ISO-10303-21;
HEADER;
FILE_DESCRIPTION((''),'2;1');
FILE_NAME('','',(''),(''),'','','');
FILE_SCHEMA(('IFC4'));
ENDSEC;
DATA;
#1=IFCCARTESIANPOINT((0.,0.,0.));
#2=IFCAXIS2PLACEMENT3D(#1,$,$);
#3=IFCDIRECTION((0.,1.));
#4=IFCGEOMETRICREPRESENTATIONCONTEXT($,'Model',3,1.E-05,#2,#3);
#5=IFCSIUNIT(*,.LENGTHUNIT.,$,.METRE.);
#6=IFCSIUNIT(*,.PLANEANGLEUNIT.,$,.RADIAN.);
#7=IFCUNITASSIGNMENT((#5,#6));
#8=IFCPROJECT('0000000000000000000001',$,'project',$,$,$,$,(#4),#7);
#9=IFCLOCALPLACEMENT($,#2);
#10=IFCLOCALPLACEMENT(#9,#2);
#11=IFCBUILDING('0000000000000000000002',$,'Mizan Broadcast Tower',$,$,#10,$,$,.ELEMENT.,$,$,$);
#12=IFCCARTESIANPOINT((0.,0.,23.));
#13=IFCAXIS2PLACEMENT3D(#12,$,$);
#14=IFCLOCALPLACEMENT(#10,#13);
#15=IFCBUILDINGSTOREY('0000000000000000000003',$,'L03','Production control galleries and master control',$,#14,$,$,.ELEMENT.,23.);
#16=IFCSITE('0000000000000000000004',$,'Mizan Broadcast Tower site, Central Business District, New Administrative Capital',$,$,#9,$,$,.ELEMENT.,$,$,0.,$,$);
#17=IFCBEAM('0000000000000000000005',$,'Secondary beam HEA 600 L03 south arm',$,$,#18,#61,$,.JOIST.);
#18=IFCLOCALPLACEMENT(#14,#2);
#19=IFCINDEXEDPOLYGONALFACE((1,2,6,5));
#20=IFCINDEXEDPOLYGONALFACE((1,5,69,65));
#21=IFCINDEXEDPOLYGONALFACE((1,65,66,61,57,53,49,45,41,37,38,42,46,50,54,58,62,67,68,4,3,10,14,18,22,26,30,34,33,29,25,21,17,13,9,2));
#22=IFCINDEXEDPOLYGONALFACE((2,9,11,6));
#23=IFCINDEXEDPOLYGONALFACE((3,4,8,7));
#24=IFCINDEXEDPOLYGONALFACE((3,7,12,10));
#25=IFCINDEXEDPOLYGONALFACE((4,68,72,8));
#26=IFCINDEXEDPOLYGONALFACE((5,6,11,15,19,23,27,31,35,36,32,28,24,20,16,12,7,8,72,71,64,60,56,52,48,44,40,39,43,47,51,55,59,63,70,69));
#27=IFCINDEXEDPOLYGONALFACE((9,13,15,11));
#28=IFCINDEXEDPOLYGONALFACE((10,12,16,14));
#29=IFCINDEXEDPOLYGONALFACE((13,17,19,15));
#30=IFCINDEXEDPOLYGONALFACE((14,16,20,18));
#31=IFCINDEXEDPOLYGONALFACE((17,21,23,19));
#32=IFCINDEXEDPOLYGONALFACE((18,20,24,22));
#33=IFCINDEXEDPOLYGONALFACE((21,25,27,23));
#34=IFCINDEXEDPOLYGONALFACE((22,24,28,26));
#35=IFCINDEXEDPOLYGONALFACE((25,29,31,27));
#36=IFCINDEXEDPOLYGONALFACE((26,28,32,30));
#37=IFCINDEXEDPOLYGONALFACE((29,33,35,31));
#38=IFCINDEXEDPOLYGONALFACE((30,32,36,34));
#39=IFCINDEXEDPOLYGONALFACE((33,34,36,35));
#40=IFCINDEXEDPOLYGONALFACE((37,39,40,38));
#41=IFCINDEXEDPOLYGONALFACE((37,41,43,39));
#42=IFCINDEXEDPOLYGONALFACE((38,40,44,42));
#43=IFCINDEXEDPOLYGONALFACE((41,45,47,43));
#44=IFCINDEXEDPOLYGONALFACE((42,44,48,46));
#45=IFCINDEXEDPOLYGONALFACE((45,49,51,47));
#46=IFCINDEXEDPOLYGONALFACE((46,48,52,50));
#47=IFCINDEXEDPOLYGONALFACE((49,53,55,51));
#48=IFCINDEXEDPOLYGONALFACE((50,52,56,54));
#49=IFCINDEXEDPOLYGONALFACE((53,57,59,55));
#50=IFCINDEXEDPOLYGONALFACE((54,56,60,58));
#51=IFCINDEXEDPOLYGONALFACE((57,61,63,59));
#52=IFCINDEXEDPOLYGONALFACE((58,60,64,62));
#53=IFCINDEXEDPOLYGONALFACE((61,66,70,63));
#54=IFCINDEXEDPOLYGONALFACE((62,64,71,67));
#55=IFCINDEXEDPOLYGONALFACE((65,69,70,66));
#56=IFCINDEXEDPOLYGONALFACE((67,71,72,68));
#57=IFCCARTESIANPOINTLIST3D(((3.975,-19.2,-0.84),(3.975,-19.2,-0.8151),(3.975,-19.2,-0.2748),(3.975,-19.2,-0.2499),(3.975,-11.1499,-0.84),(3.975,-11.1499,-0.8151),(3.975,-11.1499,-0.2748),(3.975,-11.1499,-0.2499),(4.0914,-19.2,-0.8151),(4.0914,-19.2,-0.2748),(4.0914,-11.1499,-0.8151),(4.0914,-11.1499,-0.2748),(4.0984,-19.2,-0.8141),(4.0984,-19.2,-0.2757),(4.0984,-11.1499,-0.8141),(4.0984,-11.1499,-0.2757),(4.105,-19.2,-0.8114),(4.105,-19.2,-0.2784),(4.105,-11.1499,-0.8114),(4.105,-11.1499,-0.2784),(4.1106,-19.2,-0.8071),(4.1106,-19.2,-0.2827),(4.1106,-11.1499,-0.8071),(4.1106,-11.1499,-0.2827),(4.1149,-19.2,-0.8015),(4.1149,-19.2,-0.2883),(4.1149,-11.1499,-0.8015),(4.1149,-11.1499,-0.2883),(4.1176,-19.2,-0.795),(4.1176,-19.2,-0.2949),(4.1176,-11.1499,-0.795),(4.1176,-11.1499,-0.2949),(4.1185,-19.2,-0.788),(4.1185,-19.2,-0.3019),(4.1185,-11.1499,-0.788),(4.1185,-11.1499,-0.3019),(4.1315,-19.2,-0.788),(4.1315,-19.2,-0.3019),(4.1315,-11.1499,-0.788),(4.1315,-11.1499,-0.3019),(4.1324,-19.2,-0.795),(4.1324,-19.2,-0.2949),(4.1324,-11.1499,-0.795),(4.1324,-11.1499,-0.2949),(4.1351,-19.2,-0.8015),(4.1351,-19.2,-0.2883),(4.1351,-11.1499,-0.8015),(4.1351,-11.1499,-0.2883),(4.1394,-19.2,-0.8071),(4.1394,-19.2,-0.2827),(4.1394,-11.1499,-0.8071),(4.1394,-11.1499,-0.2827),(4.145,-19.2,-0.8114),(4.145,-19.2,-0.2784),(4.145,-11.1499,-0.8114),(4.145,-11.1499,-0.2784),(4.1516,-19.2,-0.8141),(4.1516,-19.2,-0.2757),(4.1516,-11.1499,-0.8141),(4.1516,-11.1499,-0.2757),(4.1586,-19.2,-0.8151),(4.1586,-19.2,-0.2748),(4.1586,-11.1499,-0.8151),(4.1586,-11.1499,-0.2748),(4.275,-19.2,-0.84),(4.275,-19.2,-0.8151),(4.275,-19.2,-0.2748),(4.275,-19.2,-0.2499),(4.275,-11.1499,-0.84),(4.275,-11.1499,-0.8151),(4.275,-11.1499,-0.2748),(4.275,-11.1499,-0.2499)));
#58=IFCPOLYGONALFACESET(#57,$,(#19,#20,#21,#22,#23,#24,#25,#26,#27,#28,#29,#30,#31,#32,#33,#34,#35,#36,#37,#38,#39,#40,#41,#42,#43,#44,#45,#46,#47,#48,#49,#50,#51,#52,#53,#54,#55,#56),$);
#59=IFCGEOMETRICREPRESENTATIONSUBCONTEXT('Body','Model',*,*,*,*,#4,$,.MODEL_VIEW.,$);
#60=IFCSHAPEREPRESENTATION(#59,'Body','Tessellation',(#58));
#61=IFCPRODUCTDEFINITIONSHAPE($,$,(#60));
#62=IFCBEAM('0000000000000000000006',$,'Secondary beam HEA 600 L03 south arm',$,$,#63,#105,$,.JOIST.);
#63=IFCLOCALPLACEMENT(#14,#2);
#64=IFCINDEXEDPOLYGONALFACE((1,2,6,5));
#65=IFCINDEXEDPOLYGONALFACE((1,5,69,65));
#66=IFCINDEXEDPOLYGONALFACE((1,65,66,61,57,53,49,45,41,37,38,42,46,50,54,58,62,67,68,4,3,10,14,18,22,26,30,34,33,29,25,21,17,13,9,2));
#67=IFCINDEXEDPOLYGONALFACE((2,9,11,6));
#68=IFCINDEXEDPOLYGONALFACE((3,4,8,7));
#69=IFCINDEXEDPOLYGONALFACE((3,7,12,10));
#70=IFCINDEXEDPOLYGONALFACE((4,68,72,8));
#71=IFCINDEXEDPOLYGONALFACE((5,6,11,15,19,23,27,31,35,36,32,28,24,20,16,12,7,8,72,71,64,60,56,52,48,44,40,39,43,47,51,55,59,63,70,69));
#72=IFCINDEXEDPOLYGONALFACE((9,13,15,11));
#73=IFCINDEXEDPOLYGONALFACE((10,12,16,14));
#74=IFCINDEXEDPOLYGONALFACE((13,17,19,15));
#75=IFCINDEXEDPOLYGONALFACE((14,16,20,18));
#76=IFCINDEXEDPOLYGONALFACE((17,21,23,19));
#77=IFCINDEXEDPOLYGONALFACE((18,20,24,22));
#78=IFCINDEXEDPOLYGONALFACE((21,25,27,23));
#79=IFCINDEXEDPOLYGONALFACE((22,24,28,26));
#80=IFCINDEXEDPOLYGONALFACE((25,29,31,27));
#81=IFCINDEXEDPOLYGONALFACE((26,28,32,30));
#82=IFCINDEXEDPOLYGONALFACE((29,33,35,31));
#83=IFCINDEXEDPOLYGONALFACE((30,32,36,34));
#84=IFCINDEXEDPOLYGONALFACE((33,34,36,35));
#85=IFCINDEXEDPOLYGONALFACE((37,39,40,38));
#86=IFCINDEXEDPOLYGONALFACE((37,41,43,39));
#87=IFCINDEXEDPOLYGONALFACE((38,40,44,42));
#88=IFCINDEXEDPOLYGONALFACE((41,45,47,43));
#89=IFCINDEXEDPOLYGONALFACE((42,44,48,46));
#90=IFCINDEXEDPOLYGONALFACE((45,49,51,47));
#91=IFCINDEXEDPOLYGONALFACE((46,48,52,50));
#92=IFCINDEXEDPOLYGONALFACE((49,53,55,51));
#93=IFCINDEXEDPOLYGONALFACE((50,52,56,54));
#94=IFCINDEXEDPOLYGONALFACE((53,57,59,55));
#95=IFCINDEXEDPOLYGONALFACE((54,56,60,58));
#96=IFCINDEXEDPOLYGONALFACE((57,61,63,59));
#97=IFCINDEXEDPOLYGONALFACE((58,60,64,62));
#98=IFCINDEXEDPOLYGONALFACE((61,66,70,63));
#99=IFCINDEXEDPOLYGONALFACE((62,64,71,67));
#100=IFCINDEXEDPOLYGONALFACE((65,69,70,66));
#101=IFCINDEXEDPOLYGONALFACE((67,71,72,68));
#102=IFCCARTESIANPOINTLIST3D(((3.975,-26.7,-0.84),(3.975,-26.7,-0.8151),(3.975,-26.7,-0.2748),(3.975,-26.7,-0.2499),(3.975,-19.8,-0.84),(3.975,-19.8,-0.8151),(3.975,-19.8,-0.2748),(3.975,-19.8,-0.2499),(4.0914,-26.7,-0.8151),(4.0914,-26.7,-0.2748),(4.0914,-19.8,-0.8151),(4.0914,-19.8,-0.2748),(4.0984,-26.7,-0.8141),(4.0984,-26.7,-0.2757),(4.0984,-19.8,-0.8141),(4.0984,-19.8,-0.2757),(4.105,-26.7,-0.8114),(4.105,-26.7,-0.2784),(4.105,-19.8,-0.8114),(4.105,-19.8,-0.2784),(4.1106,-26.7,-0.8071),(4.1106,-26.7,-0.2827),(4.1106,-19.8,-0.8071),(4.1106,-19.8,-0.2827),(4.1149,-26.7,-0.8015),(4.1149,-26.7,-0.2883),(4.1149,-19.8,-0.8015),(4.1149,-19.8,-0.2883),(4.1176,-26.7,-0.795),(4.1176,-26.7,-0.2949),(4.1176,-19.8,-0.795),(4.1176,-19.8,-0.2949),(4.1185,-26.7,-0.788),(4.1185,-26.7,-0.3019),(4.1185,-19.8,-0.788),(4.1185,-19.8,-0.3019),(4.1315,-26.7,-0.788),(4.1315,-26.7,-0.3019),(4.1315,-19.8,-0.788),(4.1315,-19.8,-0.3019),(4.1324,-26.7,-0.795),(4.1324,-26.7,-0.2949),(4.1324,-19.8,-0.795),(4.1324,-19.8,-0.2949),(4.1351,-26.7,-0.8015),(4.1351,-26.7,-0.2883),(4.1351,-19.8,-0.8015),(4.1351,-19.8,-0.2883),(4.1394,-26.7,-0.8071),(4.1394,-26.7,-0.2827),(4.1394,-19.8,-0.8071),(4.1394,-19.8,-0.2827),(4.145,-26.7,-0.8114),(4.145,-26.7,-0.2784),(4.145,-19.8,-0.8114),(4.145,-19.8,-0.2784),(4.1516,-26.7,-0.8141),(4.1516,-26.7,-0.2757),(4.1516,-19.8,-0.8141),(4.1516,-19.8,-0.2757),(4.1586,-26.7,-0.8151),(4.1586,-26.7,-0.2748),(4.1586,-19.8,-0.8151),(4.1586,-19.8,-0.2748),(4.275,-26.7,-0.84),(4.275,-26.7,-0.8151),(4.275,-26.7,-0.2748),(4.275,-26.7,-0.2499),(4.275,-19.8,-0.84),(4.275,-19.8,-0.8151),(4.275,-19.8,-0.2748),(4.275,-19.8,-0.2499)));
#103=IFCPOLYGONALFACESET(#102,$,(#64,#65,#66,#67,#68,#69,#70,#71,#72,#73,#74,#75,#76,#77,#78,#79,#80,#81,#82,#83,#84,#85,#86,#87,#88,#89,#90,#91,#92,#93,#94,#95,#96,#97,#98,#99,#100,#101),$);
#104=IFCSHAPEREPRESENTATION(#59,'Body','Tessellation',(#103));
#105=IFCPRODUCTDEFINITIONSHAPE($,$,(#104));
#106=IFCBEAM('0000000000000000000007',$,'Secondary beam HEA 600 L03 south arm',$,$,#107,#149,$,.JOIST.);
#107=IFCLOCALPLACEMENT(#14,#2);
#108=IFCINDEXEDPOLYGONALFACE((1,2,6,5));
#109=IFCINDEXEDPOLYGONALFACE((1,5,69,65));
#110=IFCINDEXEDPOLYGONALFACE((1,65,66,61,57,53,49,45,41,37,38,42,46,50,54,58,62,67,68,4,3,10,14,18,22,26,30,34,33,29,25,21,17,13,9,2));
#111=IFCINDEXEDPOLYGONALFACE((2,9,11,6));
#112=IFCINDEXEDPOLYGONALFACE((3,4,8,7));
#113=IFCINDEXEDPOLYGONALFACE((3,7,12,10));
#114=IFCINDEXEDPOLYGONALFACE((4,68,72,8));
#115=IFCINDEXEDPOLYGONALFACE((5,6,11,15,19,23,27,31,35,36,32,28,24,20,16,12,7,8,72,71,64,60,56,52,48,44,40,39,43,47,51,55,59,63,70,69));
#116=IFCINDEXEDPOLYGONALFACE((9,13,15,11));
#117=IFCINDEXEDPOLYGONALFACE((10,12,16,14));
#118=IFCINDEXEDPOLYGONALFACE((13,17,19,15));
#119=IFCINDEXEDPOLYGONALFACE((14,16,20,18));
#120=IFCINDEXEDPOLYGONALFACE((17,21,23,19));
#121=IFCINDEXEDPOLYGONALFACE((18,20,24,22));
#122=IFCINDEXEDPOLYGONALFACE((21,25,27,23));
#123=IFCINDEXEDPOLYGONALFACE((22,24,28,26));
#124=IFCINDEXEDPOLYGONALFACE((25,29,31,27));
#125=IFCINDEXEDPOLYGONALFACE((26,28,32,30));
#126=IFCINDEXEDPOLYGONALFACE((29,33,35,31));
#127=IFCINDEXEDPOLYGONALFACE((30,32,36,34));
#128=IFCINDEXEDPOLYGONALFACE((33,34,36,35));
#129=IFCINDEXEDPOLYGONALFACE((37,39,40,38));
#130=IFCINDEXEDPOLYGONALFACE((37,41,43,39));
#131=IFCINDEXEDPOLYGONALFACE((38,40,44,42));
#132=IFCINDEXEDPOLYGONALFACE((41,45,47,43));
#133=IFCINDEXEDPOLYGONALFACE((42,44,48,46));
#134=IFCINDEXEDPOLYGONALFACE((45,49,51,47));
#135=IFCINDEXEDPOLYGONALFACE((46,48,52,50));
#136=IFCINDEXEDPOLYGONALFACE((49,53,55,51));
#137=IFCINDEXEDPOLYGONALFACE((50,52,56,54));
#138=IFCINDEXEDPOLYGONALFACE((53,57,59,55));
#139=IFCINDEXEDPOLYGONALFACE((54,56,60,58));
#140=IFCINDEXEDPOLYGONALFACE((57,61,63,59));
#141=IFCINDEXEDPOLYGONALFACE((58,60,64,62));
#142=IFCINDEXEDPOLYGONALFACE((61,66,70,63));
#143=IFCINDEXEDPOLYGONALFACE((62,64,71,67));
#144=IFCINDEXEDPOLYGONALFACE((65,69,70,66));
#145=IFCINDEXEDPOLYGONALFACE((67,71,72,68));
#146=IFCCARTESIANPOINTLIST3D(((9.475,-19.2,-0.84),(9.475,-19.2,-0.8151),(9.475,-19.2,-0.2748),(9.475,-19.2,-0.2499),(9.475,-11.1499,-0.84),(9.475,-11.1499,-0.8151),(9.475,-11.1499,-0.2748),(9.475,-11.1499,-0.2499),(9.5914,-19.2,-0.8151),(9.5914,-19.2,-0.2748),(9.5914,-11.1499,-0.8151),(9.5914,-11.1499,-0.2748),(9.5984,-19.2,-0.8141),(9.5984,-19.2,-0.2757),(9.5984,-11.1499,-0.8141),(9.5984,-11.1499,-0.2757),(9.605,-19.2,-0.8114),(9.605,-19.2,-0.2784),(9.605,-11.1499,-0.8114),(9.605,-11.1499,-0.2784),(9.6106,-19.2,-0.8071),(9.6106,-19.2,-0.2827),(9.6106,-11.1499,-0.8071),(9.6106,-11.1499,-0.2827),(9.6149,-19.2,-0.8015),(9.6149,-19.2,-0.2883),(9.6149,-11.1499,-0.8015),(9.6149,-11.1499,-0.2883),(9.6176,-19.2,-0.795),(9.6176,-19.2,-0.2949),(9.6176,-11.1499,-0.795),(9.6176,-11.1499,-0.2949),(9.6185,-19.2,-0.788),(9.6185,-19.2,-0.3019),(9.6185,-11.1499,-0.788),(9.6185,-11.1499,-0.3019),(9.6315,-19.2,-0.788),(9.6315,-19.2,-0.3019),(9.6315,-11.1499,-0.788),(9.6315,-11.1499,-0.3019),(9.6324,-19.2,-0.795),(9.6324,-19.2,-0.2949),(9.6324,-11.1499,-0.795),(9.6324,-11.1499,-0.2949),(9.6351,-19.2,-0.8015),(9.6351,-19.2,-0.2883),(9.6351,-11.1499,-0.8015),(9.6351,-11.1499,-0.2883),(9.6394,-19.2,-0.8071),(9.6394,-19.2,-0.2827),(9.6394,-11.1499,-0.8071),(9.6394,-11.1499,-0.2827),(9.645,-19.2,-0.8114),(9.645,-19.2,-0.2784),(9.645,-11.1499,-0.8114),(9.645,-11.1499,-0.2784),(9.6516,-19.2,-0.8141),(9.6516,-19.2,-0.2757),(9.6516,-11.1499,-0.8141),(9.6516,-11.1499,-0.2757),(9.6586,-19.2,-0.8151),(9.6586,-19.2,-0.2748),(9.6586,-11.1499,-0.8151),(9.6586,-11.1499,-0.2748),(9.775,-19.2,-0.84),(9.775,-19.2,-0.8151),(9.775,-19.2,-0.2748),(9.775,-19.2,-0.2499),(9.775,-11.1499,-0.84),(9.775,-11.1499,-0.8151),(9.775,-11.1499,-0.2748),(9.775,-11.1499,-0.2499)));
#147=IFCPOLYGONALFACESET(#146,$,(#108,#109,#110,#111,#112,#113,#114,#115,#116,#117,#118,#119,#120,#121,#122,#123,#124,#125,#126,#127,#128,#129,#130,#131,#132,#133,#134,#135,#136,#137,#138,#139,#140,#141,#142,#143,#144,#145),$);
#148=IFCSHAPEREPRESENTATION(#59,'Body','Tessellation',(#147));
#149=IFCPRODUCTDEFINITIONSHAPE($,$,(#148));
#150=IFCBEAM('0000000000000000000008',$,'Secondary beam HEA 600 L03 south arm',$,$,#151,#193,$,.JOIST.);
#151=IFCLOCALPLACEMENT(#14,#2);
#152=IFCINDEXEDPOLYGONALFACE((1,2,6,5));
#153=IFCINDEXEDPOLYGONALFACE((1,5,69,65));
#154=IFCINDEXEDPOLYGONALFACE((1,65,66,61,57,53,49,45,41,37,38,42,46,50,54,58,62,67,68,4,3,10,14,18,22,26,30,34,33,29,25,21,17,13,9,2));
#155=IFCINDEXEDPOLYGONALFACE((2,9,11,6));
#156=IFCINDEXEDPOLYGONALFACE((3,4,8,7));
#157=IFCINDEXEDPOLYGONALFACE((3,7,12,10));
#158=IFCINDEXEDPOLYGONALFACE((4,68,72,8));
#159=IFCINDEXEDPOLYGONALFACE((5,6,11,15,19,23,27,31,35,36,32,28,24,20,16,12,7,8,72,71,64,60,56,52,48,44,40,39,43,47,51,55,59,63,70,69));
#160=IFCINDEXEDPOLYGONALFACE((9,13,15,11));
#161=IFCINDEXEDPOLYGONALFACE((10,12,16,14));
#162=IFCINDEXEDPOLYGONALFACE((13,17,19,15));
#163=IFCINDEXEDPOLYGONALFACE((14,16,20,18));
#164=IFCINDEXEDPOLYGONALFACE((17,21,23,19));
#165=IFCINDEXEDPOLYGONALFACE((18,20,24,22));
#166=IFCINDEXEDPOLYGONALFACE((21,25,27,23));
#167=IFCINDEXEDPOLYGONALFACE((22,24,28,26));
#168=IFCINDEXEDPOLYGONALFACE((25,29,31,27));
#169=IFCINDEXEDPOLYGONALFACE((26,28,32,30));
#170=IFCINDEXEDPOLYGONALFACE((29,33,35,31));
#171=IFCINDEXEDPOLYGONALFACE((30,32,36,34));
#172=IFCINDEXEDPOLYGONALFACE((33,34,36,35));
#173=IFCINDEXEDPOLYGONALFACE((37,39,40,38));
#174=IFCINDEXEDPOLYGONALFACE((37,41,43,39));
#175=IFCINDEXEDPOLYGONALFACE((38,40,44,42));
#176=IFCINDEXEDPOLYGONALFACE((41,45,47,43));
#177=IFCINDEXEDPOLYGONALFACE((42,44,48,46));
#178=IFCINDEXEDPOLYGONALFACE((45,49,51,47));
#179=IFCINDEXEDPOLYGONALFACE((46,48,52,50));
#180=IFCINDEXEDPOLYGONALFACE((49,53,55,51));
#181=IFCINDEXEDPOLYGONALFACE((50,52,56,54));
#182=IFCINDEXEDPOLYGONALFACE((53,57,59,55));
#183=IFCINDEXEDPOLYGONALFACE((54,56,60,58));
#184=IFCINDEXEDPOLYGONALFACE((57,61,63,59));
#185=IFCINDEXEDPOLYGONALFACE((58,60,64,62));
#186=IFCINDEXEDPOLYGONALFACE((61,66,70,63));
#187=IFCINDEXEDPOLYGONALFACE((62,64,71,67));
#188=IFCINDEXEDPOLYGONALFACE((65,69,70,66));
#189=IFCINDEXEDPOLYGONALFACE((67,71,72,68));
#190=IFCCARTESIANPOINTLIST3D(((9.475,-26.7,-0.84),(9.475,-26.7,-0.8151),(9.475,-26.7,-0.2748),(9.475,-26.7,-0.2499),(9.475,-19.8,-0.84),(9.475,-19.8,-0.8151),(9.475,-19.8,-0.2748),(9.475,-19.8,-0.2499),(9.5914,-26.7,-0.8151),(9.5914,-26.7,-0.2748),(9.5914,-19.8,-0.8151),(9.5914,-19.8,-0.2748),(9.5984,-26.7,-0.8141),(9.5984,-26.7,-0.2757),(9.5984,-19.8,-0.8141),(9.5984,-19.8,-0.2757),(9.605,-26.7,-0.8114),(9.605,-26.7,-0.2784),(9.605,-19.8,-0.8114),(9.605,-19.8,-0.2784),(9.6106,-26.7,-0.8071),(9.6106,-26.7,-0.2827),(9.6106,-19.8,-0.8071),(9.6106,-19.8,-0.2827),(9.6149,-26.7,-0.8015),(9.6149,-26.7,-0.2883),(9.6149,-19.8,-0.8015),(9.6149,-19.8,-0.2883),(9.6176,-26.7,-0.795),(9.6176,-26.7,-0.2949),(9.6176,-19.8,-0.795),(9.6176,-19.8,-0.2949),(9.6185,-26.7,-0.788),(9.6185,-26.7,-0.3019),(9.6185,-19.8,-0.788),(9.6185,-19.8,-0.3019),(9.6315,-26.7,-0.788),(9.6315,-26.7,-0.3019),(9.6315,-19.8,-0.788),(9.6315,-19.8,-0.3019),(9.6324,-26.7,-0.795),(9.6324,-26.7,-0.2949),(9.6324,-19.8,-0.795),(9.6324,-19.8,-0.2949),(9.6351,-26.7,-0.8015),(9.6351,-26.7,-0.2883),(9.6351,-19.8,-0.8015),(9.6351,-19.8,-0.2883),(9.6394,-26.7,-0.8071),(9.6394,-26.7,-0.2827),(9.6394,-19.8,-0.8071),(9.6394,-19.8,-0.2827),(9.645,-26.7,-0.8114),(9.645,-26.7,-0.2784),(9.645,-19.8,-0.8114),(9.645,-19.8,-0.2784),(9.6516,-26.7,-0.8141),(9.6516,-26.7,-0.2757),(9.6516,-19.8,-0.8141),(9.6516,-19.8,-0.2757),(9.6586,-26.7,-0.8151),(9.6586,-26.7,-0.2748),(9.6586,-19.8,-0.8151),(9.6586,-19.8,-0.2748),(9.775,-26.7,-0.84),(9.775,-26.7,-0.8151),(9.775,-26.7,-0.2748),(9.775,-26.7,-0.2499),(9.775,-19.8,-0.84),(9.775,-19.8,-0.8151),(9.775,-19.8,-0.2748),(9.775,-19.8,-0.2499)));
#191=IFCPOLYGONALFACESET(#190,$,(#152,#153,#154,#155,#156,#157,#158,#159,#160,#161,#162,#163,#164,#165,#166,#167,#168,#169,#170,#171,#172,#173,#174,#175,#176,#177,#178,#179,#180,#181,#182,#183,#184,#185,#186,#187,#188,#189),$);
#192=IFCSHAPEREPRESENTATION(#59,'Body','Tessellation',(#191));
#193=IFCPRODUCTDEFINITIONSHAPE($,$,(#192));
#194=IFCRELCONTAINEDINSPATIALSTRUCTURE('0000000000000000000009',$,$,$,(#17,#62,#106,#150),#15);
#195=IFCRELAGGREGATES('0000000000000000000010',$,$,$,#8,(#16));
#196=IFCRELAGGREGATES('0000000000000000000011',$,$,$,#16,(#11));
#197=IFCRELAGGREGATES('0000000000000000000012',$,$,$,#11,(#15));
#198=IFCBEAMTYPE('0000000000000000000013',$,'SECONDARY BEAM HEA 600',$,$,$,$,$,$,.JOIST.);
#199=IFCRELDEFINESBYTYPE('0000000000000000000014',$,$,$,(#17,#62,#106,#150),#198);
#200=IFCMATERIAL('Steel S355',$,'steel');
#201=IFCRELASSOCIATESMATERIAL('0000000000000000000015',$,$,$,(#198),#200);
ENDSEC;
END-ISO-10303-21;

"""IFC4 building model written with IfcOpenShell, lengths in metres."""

from ifc_helpers import new_model, si_unit, direction, frame, origin, origin_2d, place, context, subcontext, project, spatial, i_section, extrude, material, material_profile, profile_set, type_object, element, save


model = new_model("IFC4")

# Units and contexts
model_context = context("Model", 3, precision=1e-05, world=origin(), true_north=direction((0.0, 1.0)))
body_context = subcontext(model_context, "Body", "Model", "MODEL_VIEW")
ifc_project = project(units=[si_unit("LENGTHUNIT", "METRE"), si_unit("PLANEANGLEUNIT", "RADIAN")], contexts=[model_context])

# Site, building, storey
site_placement = place(None, origin())
site = spatial("IfcSite", under=ifc_project, at=site_placement, Name="Mizan Broadcast Tower site, Central Business District, New Administrative Capital", CompositionType="ELEMENT", RefElevation=0.0)
building_placement = place(site_placement, origin())
building = spatial("IfcBuilding", under=site, at=building_placement, Name="Mizan Broadcast Tower", CompositionType="ELEMENT")
storey_placement = place(building_placement, frame((0.0, 0.0, 23.0)))
storey = spatial("IfcBuildingStorey", under=building, at=storey_placement, Name="L03", Description="Production control galleries and master control", CompositionType="ELEMENT", Elevation=23.0)

# Beams
ifc_material_1 = material(Name="Steel S355", Category="steel")
ifc_material_profile_1 = material_profile(ifc_material_1, i_section(OverallWidth=0.3, OverallDepth=0.5901, WebThickness=0.0129, FlangeThickness=0.0249, FilletRadius=0.0271, at=origin_2d()), Name="HEA 600")
ifc_profile_set_1 = profile_set([ifc_material_profile_1], Name="Steel S355")
beam_type_1 = type_object("IfcBeamType", Name="SECONDARY BEAM HEA 600", PredefinedType="JOIST", material=ifc_profile_set_1)
for number, where, z_axis, x_axis, name in (
    (1, (4.125, -11.1499, -0.5449), (0.0, -1.0, 0.0), (1.0, 0.0, 0.0), "Secondary beam HEA 600 L03 south arm"),
):
    element("IfcBeam", number, at=place(storey_placement, frame(where, z_axis=z_axis, x_axis=x_axis)), inside=storey, type_object=beam_type_1, Name=name, PredefinedType="JOIST", context=body_context, shape_type="SweptSolid", body=[
        extrude(i_section(OverallWidth=0.3, OverallDepth=0.5901, WebThickness=0.0129, FlangeThickness=0.0249, FilletRadius=0.0271, at=origin_2d()), origin(), (0.0, 0.0, 1.0), 8.05),
    ])
beam_1_placement = place(storey_placement, frame((4.125, -19.8, -0.5449), z_axis=(0.0, -1.0, 0.0), x_axis=(1.0, 0.0, 0.0)))
element("IfcBeam", 2, at=beam_1_placement, inside=storey, type_object=beam_type_1, Name="Secondary beam HEA 600 L03 south arm", PredefinedType="JOIST", context=body_context, shape_type="SweptSolid", body=[
    extrude(i_section(OverallWidth=0.3, OverallDepth=0.5901, WebThickness=0.0129, FlangeThickness=0.0249, FilletRadius=0.0271, at=origin_2d()), origin(), (0.0, 0.0, 1.0), 6.8999),
])
beam_2_placement = place(storey_placement, frame((9.625, -11.1499, -0.5449), z_axis=(0.0, -1.0, 0.0), x_axis=(1.0, 0.0, 0.0)))
element("IfcBeam", 3, at=beam_2_placement, inside=storey, type_object=beam_type_1, Name="Secondary beam HEA 600 L03 south arm", PredefinedType="JOIST", context=body_context, shape_type="SweptSolid", body=[
    extrude(i_section(OverallWidth=0.3, OverallDepth=0.5901, WebThickness=0.0129, FlangeThickness=0.0249, FilletRadius=0.0271, at=origin_2d()), origin(), (0.0, 0.0, 1.0), 8.05),
])
beam_3_placement = place(storey_placement, frame((9.625, -19.8, -0.5449), z_axis=(0.0, -1.0, 0.0), x_axis=(1.0, 0.0, 0.0)))
element("IfcBeam", 4, at=beam_3_placement, inside=storey, type_object=beam_type_1, Name="Secondary beam HEA 600 L03 south arm", PredefinedType="JOIST", context=body_context, shape_type="SweptSolid", body=[
    extrude(i_section(OverallWidth=0.3, OverallDepth=0.5901, WebThickness=0.0129, FlangeThickness=0.0249, FilletRadius=0.0271, at=origin_2d()), origin(), (0.0, 0.0, 1.0), 6.8999),
])

save(model, "model.ifc")
